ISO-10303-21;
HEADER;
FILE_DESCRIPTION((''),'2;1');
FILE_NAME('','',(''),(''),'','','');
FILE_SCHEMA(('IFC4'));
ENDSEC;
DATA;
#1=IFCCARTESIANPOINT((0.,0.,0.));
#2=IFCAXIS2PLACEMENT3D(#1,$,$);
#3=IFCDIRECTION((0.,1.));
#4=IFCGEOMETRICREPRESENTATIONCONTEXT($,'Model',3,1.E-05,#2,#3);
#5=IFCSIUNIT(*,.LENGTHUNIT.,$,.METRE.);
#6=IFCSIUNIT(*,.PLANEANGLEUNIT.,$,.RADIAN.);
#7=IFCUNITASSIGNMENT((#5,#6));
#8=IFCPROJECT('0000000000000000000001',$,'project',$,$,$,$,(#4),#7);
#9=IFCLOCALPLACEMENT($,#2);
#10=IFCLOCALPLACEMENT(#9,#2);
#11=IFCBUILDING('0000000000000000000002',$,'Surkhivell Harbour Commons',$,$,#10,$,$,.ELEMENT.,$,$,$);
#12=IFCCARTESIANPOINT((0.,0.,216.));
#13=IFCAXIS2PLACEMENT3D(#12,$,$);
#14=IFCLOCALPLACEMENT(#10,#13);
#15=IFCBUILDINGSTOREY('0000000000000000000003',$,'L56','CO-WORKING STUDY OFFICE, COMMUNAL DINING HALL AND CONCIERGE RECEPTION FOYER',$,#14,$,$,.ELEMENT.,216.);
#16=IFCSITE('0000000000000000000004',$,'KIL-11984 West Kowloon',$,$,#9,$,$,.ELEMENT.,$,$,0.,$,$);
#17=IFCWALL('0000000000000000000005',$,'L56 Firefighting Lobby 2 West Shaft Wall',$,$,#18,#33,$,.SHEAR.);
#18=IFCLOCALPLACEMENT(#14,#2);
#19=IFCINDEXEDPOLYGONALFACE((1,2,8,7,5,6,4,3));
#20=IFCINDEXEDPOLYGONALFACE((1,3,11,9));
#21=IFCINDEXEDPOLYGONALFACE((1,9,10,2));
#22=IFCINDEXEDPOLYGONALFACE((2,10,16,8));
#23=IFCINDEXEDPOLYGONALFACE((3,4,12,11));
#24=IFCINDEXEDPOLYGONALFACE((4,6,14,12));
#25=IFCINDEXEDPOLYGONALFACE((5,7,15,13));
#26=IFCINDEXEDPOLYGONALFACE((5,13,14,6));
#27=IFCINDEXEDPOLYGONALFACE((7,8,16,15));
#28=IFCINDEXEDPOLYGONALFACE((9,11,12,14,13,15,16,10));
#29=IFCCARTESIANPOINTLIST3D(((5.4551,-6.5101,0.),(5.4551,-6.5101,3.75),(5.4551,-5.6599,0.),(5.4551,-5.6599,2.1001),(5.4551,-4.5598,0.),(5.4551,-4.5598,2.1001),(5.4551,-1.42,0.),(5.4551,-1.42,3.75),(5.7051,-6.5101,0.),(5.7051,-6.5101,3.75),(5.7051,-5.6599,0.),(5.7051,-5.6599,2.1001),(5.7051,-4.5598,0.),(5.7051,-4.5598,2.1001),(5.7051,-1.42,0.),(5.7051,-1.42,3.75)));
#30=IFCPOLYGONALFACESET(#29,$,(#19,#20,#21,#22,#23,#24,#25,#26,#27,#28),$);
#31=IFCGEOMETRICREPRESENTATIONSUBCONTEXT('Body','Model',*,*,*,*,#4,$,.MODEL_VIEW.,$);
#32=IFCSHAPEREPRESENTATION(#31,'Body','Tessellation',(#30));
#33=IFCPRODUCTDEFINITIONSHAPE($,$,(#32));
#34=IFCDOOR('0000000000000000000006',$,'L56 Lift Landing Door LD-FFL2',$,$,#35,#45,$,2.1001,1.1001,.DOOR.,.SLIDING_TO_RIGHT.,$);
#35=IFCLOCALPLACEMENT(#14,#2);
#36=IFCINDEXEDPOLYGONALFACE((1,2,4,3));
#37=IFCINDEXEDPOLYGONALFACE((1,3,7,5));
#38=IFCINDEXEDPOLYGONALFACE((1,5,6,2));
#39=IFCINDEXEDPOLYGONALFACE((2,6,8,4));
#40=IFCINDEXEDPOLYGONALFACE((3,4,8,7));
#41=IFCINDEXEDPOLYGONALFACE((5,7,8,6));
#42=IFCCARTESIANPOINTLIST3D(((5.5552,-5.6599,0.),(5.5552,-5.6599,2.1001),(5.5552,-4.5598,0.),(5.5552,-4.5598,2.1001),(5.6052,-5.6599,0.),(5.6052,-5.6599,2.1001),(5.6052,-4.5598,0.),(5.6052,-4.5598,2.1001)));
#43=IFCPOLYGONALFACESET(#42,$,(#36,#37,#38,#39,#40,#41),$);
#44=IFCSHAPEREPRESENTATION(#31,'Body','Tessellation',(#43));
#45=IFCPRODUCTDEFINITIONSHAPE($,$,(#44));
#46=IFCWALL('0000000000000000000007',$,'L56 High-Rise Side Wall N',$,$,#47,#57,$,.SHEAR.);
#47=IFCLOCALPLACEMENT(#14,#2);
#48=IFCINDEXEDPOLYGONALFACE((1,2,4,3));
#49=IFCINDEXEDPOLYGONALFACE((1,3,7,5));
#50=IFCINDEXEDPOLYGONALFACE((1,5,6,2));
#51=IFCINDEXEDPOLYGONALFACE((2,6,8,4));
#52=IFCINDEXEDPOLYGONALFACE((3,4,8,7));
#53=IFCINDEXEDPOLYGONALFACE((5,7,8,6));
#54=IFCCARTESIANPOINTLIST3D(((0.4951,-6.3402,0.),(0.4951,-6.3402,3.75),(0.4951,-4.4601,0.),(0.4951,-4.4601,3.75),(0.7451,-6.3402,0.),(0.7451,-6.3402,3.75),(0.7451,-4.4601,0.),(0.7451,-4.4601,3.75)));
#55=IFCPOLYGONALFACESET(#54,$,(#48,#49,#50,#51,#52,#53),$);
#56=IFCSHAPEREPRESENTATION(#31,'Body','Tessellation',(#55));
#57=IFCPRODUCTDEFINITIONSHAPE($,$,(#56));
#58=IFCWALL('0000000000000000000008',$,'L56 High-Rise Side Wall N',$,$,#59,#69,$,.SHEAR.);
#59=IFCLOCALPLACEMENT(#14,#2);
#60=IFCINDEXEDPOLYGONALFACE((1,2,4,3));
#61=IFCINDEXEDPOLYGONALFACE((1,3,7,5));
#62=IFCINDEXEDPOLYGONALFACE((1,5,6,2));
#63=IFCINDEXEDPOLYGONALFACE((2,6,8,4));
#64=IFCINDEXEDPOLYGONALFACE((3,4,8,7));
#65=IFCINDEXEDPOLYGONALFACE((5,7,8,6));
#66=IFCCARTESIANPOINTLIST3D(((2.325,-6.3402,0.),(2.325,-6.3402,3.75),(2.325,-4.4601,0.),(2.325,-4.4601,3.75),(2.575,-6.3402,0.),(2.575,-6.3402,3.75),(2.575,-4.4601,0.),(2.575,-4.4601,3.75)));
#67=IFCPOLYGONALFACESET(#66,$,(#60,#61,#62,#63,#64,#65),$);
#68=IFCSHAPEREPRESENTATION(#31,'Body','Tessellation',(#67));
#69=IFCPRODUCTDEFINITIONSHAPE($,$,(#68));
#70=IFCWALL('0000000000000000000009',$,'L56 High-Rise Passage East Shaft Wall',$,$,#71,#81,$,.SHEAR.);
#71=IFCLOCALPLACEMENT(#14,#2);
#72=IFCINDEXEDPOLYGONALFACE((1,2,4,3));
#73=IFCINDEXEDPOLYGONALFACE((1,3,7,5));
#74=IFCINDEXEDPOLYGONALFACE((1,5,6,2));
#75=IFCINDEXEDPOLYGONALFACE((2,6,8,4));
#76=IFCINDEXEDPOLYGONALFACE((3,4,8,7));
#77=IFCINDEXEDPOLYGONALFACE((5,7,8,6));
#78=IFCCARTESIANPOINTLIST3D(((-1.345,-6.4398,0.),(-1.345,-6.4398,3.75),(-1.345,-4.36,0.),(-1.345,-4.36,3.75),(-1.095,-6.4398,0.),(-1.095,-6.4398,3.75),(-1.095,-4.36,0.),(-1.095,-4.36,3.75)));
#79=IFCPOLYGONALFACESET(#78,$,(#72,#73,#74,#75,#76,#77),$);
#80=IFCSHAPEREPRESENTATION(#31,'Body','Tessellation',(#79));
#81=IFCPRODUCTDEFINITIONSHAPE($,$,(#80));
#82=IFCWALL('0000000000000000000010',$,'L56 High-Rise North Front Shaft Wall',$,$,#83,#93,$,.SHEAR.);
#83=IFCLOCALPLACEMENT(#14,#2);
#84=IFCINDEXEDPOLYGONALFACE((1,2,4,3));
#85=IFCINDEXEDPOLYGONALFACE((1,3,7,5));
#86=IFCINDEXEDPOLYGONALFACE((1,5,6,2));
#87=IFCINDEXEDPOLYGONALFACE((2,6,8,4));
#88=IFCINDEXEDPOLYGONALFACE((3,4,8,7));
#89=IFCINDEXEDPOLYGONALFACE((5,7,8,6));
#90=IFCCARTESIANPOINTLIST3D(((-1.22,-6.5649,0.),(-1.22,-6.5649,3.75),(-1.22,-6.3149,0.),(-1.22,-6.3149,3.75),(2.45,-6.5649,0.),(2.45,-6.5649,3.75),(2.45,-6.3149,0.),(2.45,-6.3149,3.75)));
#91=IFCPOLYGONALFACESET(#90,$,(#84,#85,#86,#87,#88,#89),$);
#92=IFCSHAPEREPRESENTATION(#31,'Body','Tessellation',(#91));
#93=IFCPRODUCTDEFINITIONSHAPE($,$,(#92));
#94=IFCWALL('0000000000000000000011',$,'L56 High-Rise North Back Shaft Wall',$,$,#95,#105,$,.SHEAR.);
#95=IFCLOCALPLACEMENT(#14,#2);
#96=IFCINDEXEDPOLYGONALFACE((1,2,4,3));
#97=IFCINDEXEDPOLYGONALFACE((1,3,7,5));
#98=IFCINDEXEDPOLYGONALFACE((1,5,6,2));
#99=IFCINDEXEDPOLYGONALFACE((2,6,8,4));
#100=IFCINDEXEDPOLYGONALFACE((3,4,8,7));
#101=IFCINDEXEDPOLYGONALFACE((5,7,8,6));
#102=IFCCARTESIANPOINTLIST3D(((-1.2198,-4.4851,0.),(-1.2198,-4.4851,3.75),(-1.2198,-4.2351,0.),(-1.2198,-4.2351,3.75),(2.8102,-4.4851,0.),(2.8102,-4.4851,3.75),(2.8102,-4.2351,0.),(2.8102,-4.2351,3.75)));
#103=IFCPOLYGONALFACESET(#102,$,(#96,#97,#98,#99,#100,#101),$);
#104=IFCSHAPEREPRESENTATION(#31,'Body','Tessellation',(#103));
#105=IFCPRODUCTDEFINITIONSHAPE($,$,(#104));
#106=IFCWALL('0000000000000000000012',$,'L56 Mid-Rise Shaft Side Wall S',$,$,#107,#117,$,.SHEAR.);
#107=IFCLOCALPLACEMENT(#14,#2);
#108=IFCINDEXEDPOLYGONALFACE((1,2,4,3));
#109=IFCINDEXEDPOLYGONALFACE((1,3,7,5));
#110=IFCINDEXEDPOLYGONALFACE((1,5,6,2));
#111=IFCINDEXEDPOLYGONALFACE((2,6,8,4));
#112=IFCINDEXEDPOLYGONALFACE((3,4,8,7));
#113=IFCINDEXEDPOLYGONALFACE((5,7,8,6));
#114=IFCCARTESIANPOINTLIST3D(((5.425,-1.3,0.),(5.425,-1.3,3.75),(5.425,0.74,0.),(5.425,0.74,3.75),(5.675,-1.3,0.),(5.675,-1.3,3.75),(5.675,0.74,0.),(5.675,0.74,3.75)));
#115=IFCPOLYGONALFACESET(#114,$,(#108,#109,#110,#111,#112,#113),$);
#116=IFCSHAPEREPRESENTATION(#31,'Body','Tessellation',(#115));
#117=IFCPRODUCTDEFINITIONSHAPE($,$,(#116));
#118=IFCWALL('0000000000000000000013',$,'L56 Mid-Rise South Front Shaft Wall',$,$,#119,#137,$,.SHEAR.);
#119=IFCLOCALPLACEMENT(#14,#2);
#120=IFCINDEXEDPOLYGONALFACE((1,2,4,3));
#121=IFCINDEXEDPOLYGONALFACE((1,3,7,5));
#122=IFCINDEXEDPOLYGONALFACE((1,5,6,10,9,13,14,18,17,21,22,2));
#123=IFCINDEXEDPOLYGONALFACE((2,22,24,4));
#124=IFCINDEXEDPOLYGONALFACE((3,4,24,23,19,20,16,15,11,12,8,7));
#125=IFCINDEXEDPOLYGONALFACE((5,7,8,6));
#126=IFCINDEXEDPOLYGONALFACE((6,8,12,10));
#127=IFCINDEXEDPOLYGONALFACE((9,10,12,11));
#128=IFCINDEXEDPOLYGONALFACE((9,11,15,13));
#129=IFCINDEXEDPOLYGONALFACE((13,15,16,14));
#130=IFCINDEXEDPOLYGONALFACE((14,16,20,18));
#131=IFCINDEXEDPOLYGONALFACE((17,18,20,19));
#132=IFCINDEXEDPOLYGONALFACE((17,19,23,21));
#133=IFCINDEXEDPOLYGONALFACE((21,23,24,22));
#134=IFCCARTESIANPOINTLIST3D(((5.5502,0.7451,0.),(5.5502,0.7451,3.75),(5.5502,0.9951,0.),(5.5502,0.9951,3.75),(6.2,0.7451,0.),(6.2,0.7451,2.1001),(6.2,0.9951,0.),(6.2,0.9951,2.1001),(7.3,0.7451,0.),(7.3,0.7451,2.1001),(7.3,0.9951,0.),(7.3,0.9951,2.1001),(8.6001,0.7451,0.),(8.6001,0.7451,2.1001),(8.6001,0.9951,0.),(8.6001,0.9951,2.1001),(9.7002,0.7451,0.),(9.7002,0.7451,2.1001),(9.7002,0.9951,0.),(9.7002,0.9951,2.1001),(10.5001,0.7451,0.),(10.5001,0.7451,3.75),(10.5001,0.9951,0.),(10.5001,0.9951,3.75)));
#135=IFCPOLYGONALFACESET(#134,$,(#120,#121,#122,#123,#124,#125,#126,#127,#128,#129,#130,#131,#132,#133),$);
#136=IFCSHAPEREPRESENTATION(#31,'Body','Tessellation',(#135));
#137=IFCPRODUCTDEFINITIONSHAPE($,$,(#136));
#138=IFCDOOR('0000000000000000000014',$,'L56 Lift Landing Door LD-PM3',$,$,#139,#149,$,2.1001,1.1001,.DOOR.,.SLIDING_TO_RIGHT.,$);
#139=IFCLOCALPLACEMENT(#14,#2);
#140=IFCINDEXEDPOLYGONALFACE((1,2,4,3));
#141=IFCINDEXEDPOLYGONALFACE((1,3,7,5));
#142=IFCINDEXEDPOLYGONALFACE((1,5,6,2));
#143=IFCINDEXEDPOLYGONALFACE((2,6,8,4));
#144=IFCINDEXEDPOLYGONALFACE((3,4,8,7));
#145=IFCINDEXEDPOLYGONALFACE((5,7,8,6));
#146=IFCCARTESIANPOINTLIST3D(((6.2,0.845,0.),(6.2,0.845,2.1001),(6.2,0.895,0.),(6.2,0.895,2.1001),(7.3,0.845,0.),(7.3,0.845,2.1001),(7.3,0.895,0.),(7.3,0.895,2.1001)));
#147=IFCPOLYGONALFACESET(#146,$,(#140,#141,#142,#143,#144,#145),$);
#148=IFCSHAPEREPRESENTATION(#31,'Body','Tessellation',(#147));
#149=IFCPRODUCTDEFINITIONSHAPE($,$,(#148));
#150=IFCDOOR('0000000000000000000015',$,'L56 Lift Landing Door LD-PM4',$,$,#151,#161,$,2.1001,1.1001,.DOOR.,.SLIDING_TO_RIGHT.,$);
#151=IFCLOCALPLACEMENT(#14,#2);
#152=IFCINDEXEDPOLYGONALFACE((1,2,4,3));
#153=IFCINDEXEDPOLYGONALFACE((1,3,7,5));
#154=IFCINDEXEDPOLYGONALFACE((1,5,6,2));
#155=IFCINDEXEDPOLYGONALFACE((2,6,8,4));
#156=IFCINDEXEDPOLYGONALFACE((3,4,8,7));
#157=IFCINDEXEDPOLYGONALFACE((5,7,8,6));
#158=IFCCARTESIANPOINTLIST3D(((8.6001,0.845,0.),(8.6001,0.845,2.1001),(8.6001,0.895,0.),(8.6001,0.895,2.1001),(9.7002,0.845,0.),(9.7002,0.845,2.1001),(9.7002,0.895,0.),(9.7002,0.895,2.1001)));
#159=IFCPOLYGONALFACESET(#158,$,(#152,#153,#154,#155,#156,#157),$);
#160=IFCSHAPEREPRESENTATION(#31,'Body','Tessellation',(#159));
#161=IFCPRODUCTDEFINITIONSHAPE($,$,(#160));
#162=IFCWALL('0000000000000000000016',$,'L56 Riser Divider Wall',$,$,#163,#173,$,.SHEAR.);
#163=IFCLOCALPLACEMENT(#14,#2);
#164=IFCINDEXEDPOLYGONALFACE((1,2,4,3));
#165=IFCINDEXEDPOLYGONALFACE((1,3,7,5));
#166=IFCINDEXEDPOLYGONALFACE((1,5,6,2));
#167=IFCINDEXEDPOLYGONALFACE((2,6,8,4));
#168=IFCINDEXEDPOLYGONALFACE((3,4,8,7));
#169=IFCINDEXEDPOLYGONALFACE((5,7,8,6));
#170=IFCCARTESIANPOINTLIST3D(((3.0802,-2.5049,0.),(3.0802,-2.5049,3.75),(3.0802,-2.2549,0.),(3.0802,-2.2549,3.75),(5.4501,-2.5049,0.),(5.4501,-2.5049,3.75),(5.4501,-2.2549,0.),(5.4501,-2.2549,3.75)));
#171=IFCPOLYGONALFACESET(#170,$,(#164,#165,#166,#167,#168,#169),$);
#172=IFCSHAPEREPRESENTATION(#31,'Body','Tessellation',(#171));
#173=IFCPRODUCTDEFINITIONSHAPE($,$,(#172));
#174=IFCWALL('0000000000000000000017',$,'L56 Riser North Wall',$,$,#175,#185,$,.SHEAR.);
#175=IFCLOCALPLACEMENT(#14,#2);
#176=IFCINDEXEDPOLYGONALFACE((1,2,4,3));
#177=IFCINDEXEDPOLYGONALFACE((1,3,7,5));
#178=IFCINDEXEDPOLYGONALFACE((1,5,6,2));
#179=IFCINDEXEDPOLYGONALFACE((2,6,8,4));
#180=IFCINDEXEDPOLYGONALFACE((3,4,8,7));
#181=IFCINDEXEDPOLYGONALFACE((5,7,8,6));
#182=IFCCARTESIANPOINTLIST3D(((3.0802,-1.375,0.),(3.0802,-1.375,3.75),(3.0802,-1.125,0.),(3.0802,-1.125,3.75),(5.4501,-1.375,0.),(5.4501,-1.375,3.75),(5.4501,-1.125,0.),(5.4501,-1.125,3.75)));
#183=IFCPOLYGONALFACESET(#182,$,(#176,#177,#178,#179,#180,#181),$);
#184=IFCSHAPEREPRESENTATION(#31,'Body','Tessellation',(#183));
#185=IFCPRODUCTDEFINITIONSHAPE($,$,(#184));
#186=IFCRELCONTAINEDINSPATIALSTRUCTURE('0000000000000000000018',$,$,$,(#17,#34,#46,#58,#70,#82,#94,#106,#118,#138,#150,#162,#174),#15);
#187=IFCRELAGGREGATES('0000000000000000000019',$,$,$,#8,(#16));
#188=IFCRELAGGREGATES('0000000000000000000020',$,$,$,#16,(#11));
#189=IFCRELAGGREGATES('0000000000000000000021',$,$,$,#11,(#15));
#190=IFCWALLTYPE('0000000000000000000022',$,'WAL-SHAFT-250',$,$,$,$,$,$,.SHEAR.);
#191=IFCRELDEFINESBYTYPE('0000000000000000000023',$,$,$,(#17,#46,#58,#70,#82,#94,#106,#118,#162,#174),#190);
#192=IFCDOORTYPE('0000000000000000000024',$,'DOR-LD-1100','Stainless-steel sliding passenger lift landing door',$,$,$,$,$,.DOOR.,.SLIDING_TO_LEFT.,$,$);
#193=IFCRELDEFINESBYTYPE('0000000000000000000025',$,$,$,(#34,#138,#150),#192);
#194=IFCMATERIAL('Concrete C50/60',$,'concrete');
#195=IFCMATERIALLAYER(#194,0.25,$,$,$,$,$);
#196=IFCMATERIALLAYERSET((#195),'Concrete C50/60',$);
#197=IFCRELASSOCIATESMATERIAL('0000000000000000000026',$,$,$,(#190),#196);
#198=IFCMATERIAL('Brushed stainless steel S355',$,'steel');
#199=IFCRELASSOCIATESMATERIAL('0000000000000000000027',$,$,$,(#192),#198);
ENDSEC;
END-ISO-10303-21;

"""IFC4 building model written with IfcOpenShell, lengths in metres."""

from ifc_helpers import new_model, si_unit, direction, frame, frame_2d, origin, place, context, subcontext, project, spatial, rectangle, extrude, material, layer, layer_set, type_object, element, fill, save


model = new_model("IFC4")

# Units and contexts
model_context = context("Model", 3, precision=1e-05, world=origin(), true_north=direction((0.0, 1.0)))
body_context = subcontext(model_context, "Body", "Model", "MODEL_VIEW")
ifc_project = project(units=[si_unit("LENGTHUNIT", "METRE"), si_unit("PLANEANGLEUNIT", "RADIAN")], contexts=[model_context])

# Site, building, storey
site_placement = place(None, origin())
site = spatial("IfcSite", under=ifc_project, at=site_placement, Name="KIL-11984 West Kowloon", CompositionType="ELEMENT", RefElevation=0.0)
building_placement = place(site_placement, origin())
building = spatial("IfcBuilding", under=site, at=building_placement, Name="Surkhivell Harbour Commons", CompositionType="ELEMENT")
storey_placement = place(building_placement, frame((0.0, 0.0, 216.0)))
storey = spatial("IfcBuildingStorey", under=building, at=storey_placement, Name="L56", Description="CO-WORKING STUDY OFFICE, COMMUNAL DINING HALL AND CONCIERGE RECEPTION FOYER", CompositionType="ELEMENT", Elevation=216.0)

# Shared definitions
ifc_material_1 = material(Name="Concrete C50/60", Category="concrete")
ifc_layer_1 = layer(ifc_material_1, 0.25)
ifc_layer_set_1 = layer_set([ifc_layer_1], Name="Concrete C50/60")
wall_type = type_object("IfcWallType", Name="WAL-SHAFT-250", PredefinedType="SHEAR", material=ifc_layer_set_1)

# Wall, opening, door
wall_1_placement = place(storey_placement, frame((5.5801, -6.51, 0.0), z_axis=(0.0, 0.0, 1.0), x_axis=(0.0, 1.0, 0.0)))
wall_1 = element("IfcWall", 1, at=wall_1_placement, inside=storey, type_object=wall_type, Name="L56 Firefighting Lobby 2 West Shaft Wall", PredefinedType="SHEAR", context=body_context, shape_type="SweptSolid", body=[
    extrude(rectangle(XDim=5.0901, YDim=0.25, at=frame_2d((2.5449, 0.0))), origin(), (0.0, 0.0, 1.0), 3.75),
])
opening_1_placement = place(wall_1_placement, frame((0.8501, 0.0, 0.0)))
opening_1 = element("IfcOpeningElement", 2, at=opening_1_placement, cuts=wall_1, PredefinedType="OPENING", context=body_context, shape_type="SweptSolid", body=[
    extrude(rectangle(XDim=1.1001, YDim=2.1001, at=frame_2d((0.55, 1.05))), frame((0.0, 0.135, 0.0), z_axis=(0.0, -1.0, 0.0), x_axis=(1.0, 0.0, 0.0)), (0.0, 0.0, 1.0), 0.27),
])
ifc_material_2 = material(Name="Brushed stainless steel S355", Category="steel")
door_type_1 = type_object("IfcDoorType", Name="DOR-LD-1100", Description="Stainless-steel sliding passenger lift landing door", OperationType="SLIDING_TO_LEFT", PredefinedType="DOOR", material=ifc_material_2)
door_1_placement = place(opening_1_placement, origin())
door_1 = element("IfcDoor", 3, at=door_1_placement, inside=storey, type_object=door_type_1, Name="L56 Lift Landing Door LD-FFL2", OperationType="SLIDING_TO_RIGHT", OverallHeight=2.1001, OverallWidth=1.1001, PredefinedType="DOOR", context=body_context, shape_type="SweptSolid", body=[
    extrude(rectangle(XDim=1.1001, YDim=2.1001, at=frame_2d((0.55, 1.05))), frame((0.0, 0.0249, 0.0), z_axis=(0.0, -1.0, 0.0), x_axis=(1.0, 0.0, 0.0)), (0.0, 0.0, 1.0), 0.05),
])
fill(opening_1, door_1)

# Walls
for number, where, z_axis, x_axis, name in (
    (4, (0.6201, -6.3401, 0.0), (0.0, 0.0, 1.0), (0.0, 1.0, 0.0), "L56 High-Rise Side Wall N"),
    (5, (2.45, -6.3401, 0.0), (0.0, 0.0, 1.0), (0.0, 1.0, 0.0), "L56 High-Rise Side Wall N"),
):
    element("IfcWall", number, at=place(storey_placement, frame(where, z_axis=z_axis, x_axis=x_axis)), inside=storey, type_object=wall_type, Name=name, PredefinedType="SHEAR", context=body_context, shape_type="SweptSolid", body=[
        extrude(rectangle(XDim=1.8801, YDim=0.25, at=frame_2d((0.9399, 0.0))), origin(), (0.0, 0.0, 1.0), 3.75),
    ])
wall_2_placement = place(storey_placement, frame((-1.22, -6.4399, 0.0), z_axis=(0.0, 0.0, 1.0), x_axis=(0.0, 1.0, 0.0)))
element("IfcWall", 6, at=wall_2_placement, inside=storey, type_object=wall_type, Name="L56 High-Rise Passage East Shaft Wall", PredefinedType="SHEAR", context=body_context, shape_type="SweptSolid", body=[
    extrude(rectangle(XDim=2.0798, YDim=0.25, at=frame_2d((1.04, 0.0))), origin(), (0.0, 0.0, 1.0), 3.75),
])
wall_3_placement = place(storey_placement, frame((-1.22, -6.4399, 0.0), z_axis=(0.0, 0.0, 1.0), x_axis=(1.0, 0.0, 0.0)))
element("IfcWall", 7, at=wall_3_placement, inside=storey, type_object=wall_type, Name="L56 High-Rise North Front Shaft Wall", PredefinedType="SHEAR", context=body_context, shape_type="SweptSolid", body=[
    extrude(rectangle(XDim=3.6699, YDim=0.25, at=frame_2d((1.835, 0.0))), origin(), (0.0, 0.0, 1.0), 3.75),
])
wall_4_placement = place(storey_placement, frame((-1.22, -4.3601, 0.0), z_axis=(0.0, 0.0, 1.0), x_axis=(1.0, 0.0, 0.0)))
element("IfcWall", 8, at=wall_4_placement, inside=storey, type_object=wall_type, Name="L56 High-Rise North Back Shaft Wall", PredefinedType="SHEAR", context=body_context, shape_type="SweptSolid", body=[
    extrude(rectangle(XDim=4.03, YDim=0.25, at=frame_2d((2.0151, 0.0))), origin(), (0.0, 0.0, 1.0), 3.75),
])
wall_5_placement = place(storey_placement, frame((5.55, -1.3, 0.0), z_axis=(0.0, 0.0, 1.0), x_axis=(0.0, 1.0, 0.0)))
element("IfcWall", 9, at=wall_5_placement, inside=storey, type_object=wall_type, Name="L56 Mid-Rise Shaft Side Wall S", PredefinedType="SHEAR", context=body_context, shape_type="SweptSolid", body=[
    extrude(rectangle(XDim=2.04, YDim=0.25, at=frame_2d((1.02, 0.0))), origin(), (0.0, 0.0, 1.0), 3.75),
])

# Wall, openings, doors
wall_6_placement = place(storey_placement, frame((5.55, 0.8701, 0.0), z_axis=(0.0, 0.0, 1.0), x_axis=(1.0, 0.0, 0.0)))
wall_6 = element("IfcWall", 10, at=wall_6_placement, inside=storey, type_object=wall_type, Name="L56 Mid-Rise South Front Shaft Wall", PredefinedType="SHEAR", context=body_context, shape_type="SweptSolid", body=[
    extrude(rectangle(XDim=4.95, YDim=0.25, at=frame_2d((2.4751, 0.0))), origin(), (0.0, 0.0, 1.0), 3.75),
])
opening_2_placement = place(wall_6_placement, frame((0.6499, 0.0, 0.0)))
opening_2 = element("IfcOpeningElement", 11, at=opening_2_placement, cuts=wall_6, PredefinedType="OPENING", context=body_context, shape_type="SweptSolid", body=[
    extrude(rectangle(XDim=1.1001, YDim=2.1001, at=frame_2d((0.55, 1.05))), frame((0.0, 0.135, 0.0), z_axis=(0.0, -1.0, 0.0), x_axis=(1.0, 0.0, 0.0)), (0.0, 0.0, 1.0), 0.27),
])
opening_3_placement = place(wall_6_placement, frame((3.05, 0.0, 0.0)))
opening_3 = element("IfcOpeningElement", 12, at=opening_3_placement, cuts=wall_6, PredefinedType="OPENING", context=body_context, shape_type="SweptSolid", body=[
    extrude(rectangle(XDim=1.1001, YDim=2.1001, at=frame_2d((0.55, 1.05))), frame((0.0, 0.135, 0.0), z_axis=(0.0, -1.0, 0.0), x_axis=(1.0, 0.0, 0.0)), (0.0, 0.0, 1.0), 0.27),
])
door_2_placement = place(opening_2_placement, origin())
door_2 = element("IfcDoor", 13, at=door_2_placement, inside=storey, type_object=door_type_1, Name="L56 Lift Landing Door LD-PM3", OperationType="SLIDING_TO_RIGHT", OverallHeight=2.1001, OverallWidth=1.1001, PredefinedType="DOOR", context=body_context, shape_type="SweptSolid", body=[
    extrude(rectangle(XDim=1.1001, YDim=2.1001, at=frame_2d((0.55, 1.05))), frame((0.0, 0.0249, 0.0), z_axis=(0.0, -1.0, 0.0), x_axis=(1.0, 0.0, 0.0)), (0.0, 0.0, 1.0), 0.05),
])
fill(opening_2, door_2)
door_3_placement = place(opening_3_placement, origin())
door_3 = element("IfcDoor", 14, at=door_3_placement, inside=storey, type_object=door_type_1, Name="L56 Lift Landing Door LD-PM4", OperationType="SLIDING_TO_RIGHT", OverallHeight=2.1001, OverallWidth=1.1001, PredefinedType="DOOR", context=body_context, shape_type="SweptSolid", body=[
    extrude(rectangle(XDim=1.1001, YDim=2.1001, at=frame_2d((0.55, 1.05))), frame((0.0, 0.0249, 0.0), z_axis=(0.0, -1.0, 0.0), x_axis=(1.0, 0.0, 0.0)), (0.0, 0.0, 1.0), 0.05),
])
fill(opening_3, door_3)

# Walls
for number, where, z_axis, x_axis, name in (
    (15, (3.0801, -2.3799, 0.0), (0.0, 0.0, 1.0), (1.0, 0.0, 0.0), "L56 Riser Divider Wall"),
    (16, (3.0801, -1.25, 0.0), (0.0, 0.0, 1.0), (1.0, 0.0, 0.0), "L56 Riser North Wall"),
):
    element("IfcWall", number, at=place(storey_placement, frame(where, z_axis=z_axis, x_axis=x_axis)), inside=storey, type_object=wall_type, Name=name, PredefinedType="SHEAR", context=body_context, shape_type="SweptSolid", body=[
        extrude(rectangle(XDim=2.3699, YDim=0.25, at=frame_2d((1.1851, 0.0))), origin(), (0.0, 0.0, 1.0), 3.75),
    ])

save(model, "model.ifc")
